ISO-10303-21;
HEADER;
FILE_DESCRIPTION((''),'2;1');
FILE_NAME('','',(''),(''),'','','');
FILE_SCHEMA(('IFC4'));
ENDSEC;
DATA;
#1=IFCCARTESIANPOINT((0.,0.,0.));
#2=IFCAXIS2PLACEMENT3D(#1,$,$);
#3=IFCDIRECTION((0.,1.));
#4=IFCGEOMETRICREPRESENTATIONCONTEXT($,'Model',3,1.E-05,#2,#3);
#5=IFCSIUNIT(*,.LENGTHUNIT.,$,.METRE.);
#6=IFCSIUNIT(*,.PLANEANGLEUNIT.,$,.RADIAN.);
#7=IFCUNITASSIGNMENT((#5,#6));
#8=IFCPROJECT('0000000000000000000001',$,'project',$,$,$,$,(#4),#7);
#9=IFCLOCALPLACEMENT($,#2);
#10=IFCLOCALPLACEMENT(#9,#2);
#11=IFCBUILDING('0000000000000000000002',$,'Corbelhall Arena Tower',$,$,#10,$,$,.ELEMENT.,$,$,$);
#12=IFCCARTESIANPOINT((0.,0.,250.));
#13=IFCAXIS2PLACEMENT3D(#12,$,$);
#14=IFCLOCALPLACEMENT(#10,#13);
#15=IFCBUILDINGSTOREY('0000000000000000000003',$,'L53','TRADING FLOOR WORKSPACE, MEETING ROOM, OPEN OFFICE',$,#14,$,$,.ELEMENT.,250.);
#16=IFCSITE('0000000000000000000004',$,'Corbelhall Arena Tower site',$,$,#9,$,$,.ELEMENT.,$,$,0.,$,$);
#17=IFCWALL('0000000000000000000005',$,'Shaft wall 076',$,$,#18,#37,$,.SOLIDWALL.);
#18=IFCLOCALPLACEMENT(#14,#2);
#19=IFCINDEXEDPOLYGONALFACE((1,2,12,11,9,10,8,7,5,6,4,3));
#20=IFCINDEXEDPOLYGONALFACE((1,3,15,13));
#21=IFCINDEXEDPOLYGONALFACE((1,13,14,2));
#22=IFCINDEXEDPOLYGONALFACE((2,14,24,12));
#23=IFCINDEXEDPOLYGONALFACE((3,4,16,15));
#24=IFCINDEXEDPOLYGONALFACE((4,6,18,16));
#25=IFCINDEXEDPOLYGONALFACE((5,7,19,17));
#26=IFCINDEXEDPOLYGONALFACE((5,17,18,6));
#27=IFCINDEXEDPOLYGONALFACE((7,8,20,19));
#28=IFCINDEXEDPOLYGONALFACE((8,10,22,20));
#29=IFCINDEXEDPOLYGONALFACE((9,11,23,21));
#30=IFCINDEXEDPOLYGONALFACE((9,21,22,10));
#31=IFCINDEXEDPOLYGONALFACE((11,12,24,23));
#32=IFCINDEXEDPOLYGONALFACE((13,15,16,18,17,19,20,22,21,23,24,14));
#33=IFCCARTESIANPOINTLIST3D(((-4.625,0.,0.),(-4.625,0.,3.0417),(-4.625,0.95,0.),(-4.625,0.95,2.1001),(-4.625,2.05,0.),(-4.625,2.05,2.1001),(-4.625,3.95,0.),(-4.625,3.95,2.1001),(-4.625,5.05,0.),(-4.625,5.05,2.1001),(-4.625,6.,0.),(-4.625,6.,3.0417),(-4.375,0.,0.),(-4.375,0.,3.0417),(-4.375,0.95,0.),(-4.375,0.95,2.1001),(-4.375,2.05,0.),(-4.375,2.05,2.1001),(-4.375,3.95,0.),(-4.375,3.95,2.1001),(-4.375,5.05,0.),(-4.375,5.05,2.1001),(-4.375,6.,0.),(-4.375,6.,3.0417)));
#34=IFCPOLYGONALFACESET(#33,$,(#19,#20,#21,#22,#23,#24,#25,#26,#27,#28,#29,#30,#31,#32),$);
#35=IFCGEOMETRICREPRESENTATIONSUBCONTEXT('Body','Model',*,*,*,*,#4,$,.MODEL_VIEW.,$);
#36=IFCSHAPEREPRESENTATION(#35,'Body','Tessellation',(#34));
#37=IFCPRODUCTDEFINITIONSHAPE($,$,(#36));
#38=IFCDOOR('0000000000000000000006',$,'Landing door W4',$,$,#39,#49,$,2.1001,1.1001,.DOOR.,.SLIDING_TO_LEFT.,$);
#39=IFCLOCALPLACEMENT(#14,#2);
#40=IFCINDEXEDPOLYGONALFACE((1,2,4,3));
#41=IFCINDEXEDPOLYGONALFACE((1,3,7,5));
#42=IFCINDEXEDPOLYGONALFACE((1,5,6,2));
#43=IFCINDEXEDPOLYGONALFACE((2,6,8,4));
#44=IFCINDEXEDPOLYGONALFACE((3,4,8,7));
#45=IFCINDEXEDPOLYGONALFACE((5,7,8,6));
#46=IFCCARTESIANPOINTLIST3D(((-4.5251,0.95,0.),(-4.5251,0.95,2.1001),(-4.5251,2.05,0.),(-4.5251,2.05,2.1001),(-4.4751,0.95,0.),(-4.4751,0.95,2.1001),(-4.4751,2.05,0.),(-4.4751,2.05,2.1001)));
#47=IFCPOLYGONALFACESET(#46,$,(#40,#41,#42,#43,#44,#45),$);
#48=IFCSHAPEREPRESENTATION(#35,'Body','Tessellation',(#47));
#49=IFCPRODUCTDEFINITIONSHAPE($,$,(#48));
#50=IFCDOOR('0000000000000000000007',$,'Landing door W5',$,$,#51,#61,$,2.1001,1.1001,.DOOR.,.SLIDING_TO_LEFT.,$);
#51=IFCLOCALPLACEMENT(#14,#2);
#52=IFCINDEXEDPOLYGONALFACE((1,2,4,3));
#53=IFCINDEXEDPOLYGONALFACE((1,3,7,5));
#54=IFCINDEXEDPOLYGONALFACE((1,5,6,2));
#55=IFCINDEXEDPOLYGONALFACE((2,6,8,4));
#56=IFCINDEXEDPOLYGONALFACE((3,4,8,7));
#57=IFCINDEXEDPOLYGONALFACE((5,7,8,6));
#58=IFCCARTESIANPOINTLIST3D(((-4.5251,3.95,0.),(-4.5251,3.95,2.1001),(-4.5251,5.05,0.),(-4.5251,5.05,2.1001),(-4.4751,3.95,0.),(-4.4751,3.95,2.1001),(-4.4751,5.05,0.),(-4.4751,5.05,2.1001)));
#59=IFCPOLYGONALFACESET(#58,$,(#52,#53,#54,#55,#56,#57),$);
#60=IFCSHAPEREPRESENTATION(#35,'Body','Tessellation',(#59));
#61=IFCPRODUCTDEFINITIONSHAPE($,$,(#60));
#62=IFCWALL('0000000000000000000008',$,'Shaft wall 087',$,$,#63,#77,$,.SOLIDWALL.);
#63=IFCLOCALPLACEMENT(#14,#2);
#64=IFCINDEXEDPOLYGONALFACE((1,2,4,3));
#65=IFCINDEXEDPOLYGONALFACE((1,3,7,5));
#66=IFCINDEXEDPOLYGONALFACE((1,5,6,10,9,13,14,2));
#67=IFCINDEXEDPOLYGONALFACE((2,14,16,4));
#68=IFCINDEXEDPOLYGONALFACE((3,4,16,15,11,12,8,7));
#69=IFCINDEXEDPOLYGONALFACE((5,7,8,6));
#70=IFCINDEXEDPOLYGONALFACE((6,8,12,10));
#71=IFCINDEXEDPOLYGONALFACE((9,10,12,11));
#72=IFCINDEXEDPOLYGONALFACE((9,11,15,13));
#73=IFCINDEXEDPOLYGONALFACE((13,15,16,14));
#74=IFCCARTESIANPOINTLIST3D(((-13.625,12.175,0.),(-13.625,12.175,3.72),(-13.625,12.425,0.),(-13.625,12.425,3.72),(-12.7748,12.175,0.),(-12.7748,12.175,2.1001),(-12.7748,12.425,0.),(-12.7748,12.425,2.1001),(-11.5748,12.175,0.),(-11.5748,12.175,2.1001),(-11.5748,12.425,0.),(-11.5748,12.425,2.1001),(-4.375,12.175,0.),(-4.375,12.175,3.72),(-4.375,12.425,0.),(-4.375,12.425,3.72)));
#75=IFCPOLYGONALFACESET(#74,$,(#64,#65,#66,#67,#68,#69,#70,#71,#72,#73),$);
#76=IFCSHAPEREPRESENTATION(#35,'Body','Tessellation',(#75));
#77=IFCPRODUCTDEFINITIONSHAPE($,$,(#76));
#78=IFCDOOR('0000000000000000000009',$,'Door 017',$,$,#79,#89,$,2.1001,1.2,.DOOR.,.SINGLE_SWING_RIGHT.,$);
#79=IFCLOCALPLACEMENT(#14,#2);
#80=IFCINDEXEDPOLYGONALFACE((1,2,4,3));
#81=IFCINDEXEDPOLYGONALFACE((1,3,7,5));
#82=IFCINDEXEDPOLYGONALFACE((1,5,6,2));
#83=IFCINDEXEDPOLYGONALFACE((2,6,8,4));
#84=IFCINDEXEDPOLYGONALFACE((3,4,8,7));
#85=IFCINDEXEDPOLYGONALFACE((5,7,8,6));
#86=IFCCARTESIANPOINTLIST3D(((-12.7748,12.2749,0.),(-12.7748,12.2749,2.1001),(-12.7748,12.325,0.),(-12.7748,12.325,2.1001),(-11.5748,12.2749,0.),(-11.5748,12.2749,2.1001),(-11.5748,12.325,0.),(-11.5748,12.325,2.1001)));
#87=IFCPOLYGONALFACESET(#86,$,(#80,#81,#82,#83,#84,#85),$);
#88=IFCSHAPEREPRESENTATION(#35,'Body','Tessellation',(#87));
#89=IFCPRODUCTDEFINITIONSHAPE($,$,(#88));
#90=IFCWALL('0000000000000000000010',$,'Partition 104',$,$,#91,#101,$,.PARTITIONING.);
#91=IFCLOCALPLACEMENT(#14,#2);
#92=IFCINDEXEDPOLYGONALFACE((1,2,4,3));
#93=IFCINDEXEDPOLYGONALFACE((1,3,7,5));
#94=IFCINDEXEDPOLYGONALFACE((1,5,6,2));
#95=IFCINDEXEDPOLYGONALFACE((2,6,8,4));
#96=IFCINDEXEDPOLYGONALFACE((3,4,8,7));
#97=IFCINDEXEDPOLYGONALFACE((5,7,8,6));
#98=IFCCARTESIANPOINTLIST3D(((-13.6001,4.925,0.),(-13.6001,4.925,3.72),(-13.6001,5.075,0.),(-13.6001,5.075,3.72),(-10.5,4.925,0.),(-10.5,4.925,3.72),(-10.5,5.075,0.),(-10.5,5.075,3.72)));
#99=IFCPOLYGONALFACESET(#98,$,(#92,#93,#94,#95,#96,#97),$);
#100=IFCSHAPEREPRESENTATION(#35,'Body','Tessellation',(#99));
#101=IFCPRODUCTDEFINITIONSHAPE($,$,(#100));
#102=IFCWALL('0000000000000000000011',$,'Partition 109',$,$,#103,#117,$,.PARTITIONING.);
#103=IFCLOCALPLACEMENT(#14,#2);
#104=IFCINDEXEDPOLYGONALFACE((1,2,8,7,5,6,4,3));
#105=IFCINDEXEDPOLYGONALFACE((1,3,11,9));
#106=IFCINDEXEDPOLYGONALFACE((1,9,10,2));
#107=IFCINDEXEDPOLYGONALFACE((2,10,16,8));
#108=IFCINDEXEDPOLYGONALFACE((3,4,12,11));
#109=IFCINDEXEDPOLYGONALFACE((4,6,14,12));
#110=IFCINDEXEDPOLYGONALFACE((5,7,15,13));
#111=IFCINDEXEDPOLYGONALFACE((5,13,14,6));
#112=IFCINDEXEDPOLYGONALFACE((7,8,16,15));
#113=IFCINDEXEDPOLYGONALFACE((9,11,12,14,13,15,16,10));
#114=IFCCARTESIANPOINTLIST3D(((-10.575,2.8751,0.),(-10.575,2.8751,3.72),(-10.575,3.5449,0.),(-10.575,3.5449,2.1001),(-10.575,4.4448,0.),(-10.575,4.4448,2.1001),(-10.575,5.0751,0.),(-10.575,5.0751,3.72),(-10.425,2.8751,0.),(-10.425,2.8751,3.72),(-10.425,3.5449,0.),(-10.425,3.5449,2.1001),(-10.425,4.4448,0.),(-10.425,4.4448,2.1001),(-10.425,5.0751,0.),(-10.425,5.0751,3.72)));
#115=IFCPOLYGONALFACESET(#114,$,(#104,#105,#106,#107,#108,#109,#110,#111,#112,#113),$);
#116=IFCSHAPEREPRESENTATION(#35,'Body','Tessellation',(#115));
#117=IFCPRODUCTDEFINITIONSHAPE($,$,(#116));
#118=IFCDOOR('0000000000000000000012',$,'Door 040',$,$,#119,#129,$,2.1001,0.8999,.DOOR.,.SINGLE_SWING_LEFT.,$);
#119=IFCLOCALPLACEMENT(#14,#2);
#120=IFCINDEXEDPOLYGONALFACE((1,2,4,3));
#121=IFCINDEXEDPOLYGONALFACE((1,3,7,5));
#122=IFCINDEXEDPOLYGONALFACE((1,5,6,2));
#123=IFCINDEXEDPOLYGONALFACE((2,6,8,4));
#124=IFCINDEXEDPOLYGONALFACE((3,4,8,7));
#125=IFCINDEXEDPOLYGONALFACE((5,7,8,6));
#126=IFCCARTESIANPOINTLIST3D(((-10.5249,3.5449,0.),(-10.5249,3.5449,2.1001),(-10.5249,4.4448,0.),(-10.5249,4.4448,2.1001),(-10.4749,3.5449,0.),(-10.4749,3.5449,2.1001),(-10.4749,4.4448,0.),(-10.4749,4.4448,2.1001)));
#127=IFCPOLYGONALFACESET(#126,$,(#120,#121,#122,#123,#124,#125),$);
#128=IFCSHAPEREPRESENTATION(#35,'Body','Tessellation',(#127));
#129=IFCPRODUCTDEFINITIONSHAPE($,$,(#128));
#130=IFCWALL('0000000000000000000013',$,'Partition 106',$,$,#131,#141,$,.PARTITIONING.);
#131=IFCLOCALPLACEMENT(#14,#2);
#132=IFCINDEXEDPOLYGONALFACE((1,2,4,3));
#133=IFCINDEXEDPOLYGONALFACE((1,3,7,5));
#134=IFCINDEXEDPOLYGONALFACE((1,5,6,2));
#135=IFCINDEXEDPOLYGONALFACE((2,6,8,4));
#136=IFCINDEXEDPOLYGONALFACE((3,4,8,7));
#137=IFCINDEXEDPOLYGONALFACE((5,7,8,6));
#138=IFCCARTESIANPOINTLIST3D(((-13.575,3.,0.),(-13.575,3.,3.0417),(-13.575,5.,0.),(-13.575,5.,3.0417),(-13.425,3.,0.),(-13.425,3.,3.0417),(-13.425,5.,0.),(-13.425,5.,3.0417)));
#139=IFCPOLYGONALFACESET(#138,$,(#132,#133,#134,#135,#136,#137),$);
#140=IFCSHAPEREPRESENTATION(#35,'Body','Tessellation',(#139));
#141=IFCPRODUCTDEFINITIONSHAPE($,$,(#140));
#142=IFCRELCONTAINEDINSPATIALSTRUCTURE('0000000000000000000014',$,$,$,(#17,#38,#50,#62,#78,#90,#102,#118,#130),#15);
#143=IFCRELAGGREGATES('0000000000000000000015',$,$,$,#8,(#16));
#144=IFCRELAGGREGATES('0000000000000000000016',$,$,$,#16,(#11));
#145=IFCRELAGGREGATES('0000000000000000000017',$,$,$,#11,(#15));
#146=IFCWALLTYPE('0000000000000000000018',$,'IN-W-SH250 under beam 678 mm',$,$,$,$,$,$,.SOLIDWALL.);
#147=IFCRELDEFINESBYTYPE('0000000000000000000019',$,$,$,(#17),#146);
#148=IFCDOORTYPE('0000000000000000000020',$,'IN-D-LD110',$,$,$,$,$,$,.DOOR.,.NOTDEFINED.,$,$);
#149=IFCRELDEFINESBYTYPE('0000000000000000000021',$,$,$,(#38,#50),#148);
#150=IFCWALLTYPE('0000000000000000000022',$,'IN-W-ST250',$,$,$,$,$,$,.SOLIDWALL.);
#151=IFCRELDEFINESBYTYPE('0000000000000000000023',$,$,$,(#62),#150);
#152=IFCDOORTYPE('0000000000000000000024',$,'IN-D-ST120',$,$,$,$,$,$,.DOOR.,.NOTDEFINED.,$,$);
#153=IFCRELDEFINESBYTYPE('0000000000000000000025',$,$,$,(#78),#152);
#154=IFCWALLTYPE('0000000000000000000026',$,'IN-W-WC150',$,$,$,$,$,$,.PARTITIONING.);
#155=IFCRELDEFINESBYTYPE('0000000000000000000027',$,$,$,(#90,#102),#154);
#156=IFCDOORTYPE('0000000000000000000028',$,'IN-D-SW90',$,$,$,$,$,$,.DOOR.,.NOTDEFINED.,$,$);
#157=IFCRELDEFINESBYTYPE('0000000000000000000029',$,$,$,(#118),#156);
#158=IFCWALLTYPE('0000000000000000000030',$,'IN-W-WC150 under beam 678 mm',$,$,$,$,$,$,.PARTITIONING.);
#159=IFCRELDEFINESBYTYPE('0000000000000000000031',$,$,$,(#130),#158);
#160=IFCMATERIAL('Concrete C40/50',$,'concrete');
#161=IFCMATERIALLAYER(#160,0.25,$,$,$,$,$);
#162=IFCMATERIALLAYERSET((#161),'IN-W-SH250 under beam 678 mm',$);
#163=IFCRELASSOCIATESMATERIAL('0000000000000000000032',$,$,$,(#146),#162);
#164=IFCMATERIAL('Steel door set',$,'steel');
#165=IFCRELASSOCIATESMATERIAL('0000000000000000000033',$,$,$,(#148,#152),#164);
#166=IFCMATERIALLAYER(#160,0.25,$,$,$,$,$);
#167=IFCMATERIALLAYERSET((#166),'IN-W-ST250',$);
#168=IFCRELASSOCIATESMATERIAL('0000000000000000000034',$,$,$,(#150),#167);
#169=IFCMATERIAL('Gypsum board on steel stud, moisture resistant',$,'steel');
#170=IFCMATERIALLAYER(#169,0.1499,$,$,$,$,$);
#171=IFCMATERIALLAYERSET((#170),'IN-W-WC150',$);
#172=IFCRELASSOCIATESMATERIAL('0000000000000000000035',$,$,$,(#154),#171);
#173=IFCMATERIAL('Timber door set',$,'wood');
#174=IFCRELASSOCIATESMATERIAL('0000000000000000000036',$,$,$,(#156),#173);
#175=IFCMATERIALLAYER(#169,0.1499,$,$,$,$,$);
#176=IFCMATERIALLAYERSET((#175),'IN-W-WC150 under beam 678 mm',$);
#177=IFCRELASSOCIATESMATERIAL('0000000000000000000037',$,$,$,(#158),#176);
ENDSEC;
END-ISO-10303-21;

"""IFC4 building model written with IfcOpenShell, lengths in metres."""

from ifc_helpers import new_model, si_unit, direction, frame, frame_2d, origin, place, context, subcontext, project, spatial, rectangle, extrude, material, layer, layer_set, type_object, element, fill, save


model = new_model("IFC4")

# Units and contexts
model_context = context("Model", 3, precision=1e-05, world=origin(), true_north=direction((0.0, 1.0)))
body_context = subcontext(model_context, "Body", "Model", "MODEL_VIEW")
ifc_project = project(units=[si_unit("LENGTHUNIT", "METRE"), si_unit("PLANEANGLEUNIT", "RADIAN")], contexts=[model_context])

# Site, building, storey
site_placement = place(None, origin())
site = spatial("IfcSite", under=ifc_project, at=site_placement, Name="Corbelhall Arena Tower site", CompositionType="ELEMENT", RefElevation=0.0)
building_placement = place(site_placement, origin())
building = spatial("IfcBuilding", under=site, at=building_placement, Name="Corbelhall Arena Tower", CompositionType="ELEMENT")
storey_placement = place(building_placement, frame((0.0, 0.0, 250.0)))
storey = spatial("IfcBuildingStorey", under=building, at=storey_placement, Name="L53", Description="TRADING FLOOR WORKSPACE, MEETING ROOM, OPEN OFFICE", CompositionType="ELEMENT", Elevation=250.0)

# Shared definitions
ifc_material_1 = material(Name="Steel door set", Category="steel")

# Shared definitions
ifc_material_2 = material(Name="Concrete C40/50", Category="concrete")

# Wall, openings, doors
ifc_layer_1 = layer(ifc_material_2, 0.25)
ifc_layer_set_1 = layer_set([ifc_layer_1], Name="IN-W-SH250 under beam 678 mm")
wall_type_1 = type_object("IfcWallType", Name="IN-W-SH250 under beam 678 mm", PredefinedType="SOLIDWALL", material=ifc_layer_set_1)
wall_1_placement = place(storey_placement, frame((-4.5, 6.0, 0.0), z_axis=(0.0, 0.0, 1.0), x_axis=(0.0, -1.0, 0.0)))
wall_1 = element("IfcWall", 1, at=wall_1_placement, inside=storey, type_object=wall_type_1, Name="Shaft wall 076", PredefinedType="SOLIDWALL", context=body_context, shape_type="SweptSolid", body=[
    extrude(rectangle(XDim=6.0, YDim=0.25, at=frame_2d((3.0, 0.0))), origin(), (0.0, 0.0, 1.0), 3.0417),
])
opening_1_placement = place(wall_1_placement, frame((3.95, 0.0, 0.0)))
opening_1 = element("IfcOpeningElement", 2, at=opening_1_placement, cuts=wall_1, PredefinedType="OPENING", context=body_context, shape_type="SweptSolid", body=[
    extrude(rectangle(XDim=1.1001, YDim=2.1001, at=frame_2d((0.55, 1.05))), frame((0.0, 0.125, 0.0), z_axis=(0.0, -1.0, 0.0), x_axis=(1.0, 0.0, 0.0)), (0.0, 0.0, 1.0), 0.25),
])
opening_2_placement = place(wall_1_placement, frame((0.95, 0.0, 0.0)))
opening_2 = element("IfcOpeningElement", 3, at=opening_2_placement, cuts=wall_1, PredefinedType="OPENING", context=body_context, shape_type="SweptSolid", body=[
    extrude(rectangle(XDim=1.1001, YDim=2.1001, at=frame_2d((0.55, 1.05))), frame((0.0, 0.125, 0.0), z_axis=(0.0, -1.0, 0.0), x_axis=(1.0, 0.0, 0.0)), (0.0, 0.0, 1.0), 0.25),
])
door_type_1 = type_object("IfcDoorType", Name="IN-D-LD110", OperationType="NOTDEFINED", PredefinedType="DOOR", material=ifc_material_1)
door_1_placement = place(opening_1_placement, origin())
door_1 = element("IfcDoor", 4, at=door_1_placement, inside=storey, type_object=door_type_1, Name="Landing door W4", OperationType="SLIDING_TO_LEFT", OverallHeight=2.1001, OverallWidth=1.1001, PredefinedType="DOOR", context=body_context, shape_type="SweptSolid", body=[
    extrude(rectangle(XDim=1.1001, YDim=2.1001, at=frame_2d((0.55, 1.05))), frame((0.0, 0.0249, 0.0), z_axis=(0.0, -1.0, 0.0), x_axis=(1.0, 0.0, 0.0)), (0.0, 0.0, 1.0), 0.05),
])
fill(opening_1, door_1)
door_2_placement = place(opening_2_placement, origin())
door_2 = element("IfcDoor", 5, at=door_2_placement, inside=storey, type_object=door_type_1, Name="Landing door W5", OperationType="SLIDING_TO_LEFT", OverallHeight=2.1001, OverallWidth=1.1001, PredefinedType="DOOR", context=body_context, shape_type="SweptSolid", body=[
    extrude(rectangle(XDim=1.1001, YDim=2.1001, at=frame_2d((0.55, 1.05))), frame((0.0, 0.0249, 0.0), z_axis=(0.0, -1.0, 0.0), x_axis=(1.0, 0.0, 0.0)), (0.0, 0.0, 1.0), 0.05),
])
fill(opening_2, door_2)

# Wall, opening, door
ifc_layer_2 = layer(ifc_material_2, 0.25)
ifc_layer_set_2 = layer_set([ifc_layer_2], Name="IN-W-ST250")
wall_type_2 = type_object("IfcWallType", Name="IN-W-ST250", PredefinedType="SOLIDWALL", material=ifc_layer_set_2)
wall_2_placement = place(storey_placement, frame((-13.625, 12.3, 0.0), z_axis=(0.0, 0.0, 1.0), x_axis=(1.0, 0.0, 0.0)))
wall_2 = element("IfcWall", 6, at=wall_2_placement, inside=storey, type_object=wall_type_2, Name="Shaft wall 087", PredefinedType="SOLIDWALL", context=body_context, shape_type="SweptSolid", body=[
    extrude(rectangle(XDim=9.25, YDim=0.25, at=frame_2d((4.625, 0.0))), origin(), (0.0, 0.0, 1.0), 3.72),
])
opening_3_placement = place(wall_2_placement, frame((0.8501, 0.0, 0.0)))
opening_3 = element("IfcOpeningElement", 7, at=opening_3_placement, cuts=wall_2, PredefinedType="OPENING", context=body_context, shape_type="SweptSolid", body=[
    extrude(rectangle(XDim=1.2, YDim=2.1001, at=frame_2d((0.6001, 1.05))), frame((0.0, 0.125, 0.0), z_axis=(0.0, -1.0, 0.0), x_axis=(1.0, 0.0, 0.0)), (0.0, 0.0, 1.0), 0.25),
])
door_type_2 = type_object("IfcDoorType", Name="IN-D-ST120", OperationType="NOTDEFINED", PredefinedType="DOOR", material=ifc_material_1)
door_3_placement = place(opening_3_placement, origin())
door_3 = element("IfcDoor", 8, at=door_3_placement, inside=storey, type_object=door_type_2, Name="Door 017", OperationType="SINGLE_SWING_RIGHT", OverallHeight=2.1001, OverallWidth=1.2, PredefinedType="DOOR", context=body_context, shape_type="SweptSolid", body=[
    extrude(rectangle(XDim=1.2, YDim=2.1001, at=frame_2d((0.6001, 1.05))), frame((0.0, 0.0249, 0.0), z_axis=(0.0, -1.0, 0.0), x_axis=(1.0, 0.0, 0.0)), (0.0, 0.0, 1.0), 0.05),
])
fill(opening_3, door_3)

# Wall
ifc_material_3 = material(Name="Gypsum board on steel stud, moisture resistant", Category="steel")
ifc_layer_3 = layer(ifc_material_3, 0.1499)
ifc_layer_set_3 = layer_set([ifc_layer_3], Name="IN-W-WC150")
wall_type_3 = type_object("IfcWallType", Name="IN-W-WC150", PredefinedType="PARTITIONING", material=ifc_layer_set_3)
wall_3_placement = place(storey_placement, frame((-13.6001, 5.0, 0.0), z_axis=(0.0, 0.0, 1.0), x_axis=(1.0, 0.0, 0.0)))
element("IfcWall", 9, at=wall_3_placement, inside=storey, type_object=wall_type_3, Name="Partition 104", PredefinedType="PARTITIONING", context=body_context, shape_type="SweptSolid", body=[
    extrude(rectangle(XDim=3.1001, YDim=0.1499, at=frame_2d((1.55, 0.0))), origin(), (0.0, 0.0, 1.0), 3.72),
])

# Wall, opening, door
wall_4_placement = place(storey_placement, frame((-10.5, 2.875, 0.0), z_axis=(0.0, 0.0, 1.0), x_axis=(0.0, 1.0, 0.0)))
wall_4 = element("IfcWall", 10, at=wall_4_placement, inside=storey, type_object=wall_type_3, Name="Partition 109", PredefinedType="PARTITIONING", context=body_context, shape_type="SweptSolid", body=[
    extrude(rectangle(XDim=2.2, YDim=0.1499, at=frame_2d((1.1001, 0.0))), origin(), (0.0, 0.0, 1.0), 3.72),
])
opening_4_placement = place(wall_4_placement, frame((0.6699, 0.0, 0.0)))
opening_4 = element("IfcOpeningElement", 11, at=opening_4_placement, cuts=wall_4, PredefinedType="OPENING", context=body_context, shape_type="SweptSolid", body=[
    extrude(rectangle(XDim=0.8999, YDim=2.1001, at=frame_2d((0.45, 1.05))), frame((0.0, 0.075, 0.0), z_axis=(0.0, -1.0, 0.0), x_axis=(1.0, 0.0, 0.0)), (0.0, 0.0, 1.0), 0.1499),
])
ifc_material_4 = material(Name="Timber door set", Category="wood")
door_type_3 = type_object("IfcDoorType", Name="IN-D-SW90", OperationType="NOTDEFINED", PredefinedType="DOOR", material=ifc_material_4)
door_4_placement = place(opening_4_placement, origin())
door_4 = element("IfcDoor", 12, at=door_4_placement, inside=storey, type_object=door_type_3, Name="Door 040", OperationType="SINGLE_SWING_LEFT", OverallHeight=2.1001, OverallWidth=0.8999, PredefinedType="DOOR", context=body_context, shape_type="SweptSolid", body=[
    extrude(rectangle(XDim=0.8999, YDim=2.1001, at=frame_2d((0.45, 1.05))), frame((0.0, 0.0249, 0.0), z_axis=(0.0, -1.0, 0.0), x_axis=(1.0, 0.0, 0.0)), (0.0, 0.0, 1.0), 0.05),
])
fill(opening_4, door_4)

# Wall
ifc_layer_4 = layer(ifc_material_3, 0.1499)
ifc_layer_set_4 = layer_set([ifc_layer_4], Name="IN-W-WC150 under beam 678 mm")
wall_type_4 = type_object("IfcWallType", Name="IN-W-WC150 under beam 678 mm", PredefinedType="PARTITIONING", material=ifc_layer_set_4)
wall_5_placement = place(storey_placement, frame((-13.5, 3.0, 0.0), z_axis=(0.0, 0.0, 1.0), x_axis=(0.0, 1.0, 0.0)))
element("IfcWall", 13, at=wall_5_placement, inside=storey, type_object=wall_type_4, Name="Partition 106", PredefinedType="PARTITIONING", context=body_context, shape_type="SweptSolid", body=[
    extrude(rectangle(XDim=2.0, YDim=0.1499, at=frame_2d((1.0, 0.0))), origin(), (0.0, 0.0, 1.0), 3.0417),
])

save(model, "model.ifc")
